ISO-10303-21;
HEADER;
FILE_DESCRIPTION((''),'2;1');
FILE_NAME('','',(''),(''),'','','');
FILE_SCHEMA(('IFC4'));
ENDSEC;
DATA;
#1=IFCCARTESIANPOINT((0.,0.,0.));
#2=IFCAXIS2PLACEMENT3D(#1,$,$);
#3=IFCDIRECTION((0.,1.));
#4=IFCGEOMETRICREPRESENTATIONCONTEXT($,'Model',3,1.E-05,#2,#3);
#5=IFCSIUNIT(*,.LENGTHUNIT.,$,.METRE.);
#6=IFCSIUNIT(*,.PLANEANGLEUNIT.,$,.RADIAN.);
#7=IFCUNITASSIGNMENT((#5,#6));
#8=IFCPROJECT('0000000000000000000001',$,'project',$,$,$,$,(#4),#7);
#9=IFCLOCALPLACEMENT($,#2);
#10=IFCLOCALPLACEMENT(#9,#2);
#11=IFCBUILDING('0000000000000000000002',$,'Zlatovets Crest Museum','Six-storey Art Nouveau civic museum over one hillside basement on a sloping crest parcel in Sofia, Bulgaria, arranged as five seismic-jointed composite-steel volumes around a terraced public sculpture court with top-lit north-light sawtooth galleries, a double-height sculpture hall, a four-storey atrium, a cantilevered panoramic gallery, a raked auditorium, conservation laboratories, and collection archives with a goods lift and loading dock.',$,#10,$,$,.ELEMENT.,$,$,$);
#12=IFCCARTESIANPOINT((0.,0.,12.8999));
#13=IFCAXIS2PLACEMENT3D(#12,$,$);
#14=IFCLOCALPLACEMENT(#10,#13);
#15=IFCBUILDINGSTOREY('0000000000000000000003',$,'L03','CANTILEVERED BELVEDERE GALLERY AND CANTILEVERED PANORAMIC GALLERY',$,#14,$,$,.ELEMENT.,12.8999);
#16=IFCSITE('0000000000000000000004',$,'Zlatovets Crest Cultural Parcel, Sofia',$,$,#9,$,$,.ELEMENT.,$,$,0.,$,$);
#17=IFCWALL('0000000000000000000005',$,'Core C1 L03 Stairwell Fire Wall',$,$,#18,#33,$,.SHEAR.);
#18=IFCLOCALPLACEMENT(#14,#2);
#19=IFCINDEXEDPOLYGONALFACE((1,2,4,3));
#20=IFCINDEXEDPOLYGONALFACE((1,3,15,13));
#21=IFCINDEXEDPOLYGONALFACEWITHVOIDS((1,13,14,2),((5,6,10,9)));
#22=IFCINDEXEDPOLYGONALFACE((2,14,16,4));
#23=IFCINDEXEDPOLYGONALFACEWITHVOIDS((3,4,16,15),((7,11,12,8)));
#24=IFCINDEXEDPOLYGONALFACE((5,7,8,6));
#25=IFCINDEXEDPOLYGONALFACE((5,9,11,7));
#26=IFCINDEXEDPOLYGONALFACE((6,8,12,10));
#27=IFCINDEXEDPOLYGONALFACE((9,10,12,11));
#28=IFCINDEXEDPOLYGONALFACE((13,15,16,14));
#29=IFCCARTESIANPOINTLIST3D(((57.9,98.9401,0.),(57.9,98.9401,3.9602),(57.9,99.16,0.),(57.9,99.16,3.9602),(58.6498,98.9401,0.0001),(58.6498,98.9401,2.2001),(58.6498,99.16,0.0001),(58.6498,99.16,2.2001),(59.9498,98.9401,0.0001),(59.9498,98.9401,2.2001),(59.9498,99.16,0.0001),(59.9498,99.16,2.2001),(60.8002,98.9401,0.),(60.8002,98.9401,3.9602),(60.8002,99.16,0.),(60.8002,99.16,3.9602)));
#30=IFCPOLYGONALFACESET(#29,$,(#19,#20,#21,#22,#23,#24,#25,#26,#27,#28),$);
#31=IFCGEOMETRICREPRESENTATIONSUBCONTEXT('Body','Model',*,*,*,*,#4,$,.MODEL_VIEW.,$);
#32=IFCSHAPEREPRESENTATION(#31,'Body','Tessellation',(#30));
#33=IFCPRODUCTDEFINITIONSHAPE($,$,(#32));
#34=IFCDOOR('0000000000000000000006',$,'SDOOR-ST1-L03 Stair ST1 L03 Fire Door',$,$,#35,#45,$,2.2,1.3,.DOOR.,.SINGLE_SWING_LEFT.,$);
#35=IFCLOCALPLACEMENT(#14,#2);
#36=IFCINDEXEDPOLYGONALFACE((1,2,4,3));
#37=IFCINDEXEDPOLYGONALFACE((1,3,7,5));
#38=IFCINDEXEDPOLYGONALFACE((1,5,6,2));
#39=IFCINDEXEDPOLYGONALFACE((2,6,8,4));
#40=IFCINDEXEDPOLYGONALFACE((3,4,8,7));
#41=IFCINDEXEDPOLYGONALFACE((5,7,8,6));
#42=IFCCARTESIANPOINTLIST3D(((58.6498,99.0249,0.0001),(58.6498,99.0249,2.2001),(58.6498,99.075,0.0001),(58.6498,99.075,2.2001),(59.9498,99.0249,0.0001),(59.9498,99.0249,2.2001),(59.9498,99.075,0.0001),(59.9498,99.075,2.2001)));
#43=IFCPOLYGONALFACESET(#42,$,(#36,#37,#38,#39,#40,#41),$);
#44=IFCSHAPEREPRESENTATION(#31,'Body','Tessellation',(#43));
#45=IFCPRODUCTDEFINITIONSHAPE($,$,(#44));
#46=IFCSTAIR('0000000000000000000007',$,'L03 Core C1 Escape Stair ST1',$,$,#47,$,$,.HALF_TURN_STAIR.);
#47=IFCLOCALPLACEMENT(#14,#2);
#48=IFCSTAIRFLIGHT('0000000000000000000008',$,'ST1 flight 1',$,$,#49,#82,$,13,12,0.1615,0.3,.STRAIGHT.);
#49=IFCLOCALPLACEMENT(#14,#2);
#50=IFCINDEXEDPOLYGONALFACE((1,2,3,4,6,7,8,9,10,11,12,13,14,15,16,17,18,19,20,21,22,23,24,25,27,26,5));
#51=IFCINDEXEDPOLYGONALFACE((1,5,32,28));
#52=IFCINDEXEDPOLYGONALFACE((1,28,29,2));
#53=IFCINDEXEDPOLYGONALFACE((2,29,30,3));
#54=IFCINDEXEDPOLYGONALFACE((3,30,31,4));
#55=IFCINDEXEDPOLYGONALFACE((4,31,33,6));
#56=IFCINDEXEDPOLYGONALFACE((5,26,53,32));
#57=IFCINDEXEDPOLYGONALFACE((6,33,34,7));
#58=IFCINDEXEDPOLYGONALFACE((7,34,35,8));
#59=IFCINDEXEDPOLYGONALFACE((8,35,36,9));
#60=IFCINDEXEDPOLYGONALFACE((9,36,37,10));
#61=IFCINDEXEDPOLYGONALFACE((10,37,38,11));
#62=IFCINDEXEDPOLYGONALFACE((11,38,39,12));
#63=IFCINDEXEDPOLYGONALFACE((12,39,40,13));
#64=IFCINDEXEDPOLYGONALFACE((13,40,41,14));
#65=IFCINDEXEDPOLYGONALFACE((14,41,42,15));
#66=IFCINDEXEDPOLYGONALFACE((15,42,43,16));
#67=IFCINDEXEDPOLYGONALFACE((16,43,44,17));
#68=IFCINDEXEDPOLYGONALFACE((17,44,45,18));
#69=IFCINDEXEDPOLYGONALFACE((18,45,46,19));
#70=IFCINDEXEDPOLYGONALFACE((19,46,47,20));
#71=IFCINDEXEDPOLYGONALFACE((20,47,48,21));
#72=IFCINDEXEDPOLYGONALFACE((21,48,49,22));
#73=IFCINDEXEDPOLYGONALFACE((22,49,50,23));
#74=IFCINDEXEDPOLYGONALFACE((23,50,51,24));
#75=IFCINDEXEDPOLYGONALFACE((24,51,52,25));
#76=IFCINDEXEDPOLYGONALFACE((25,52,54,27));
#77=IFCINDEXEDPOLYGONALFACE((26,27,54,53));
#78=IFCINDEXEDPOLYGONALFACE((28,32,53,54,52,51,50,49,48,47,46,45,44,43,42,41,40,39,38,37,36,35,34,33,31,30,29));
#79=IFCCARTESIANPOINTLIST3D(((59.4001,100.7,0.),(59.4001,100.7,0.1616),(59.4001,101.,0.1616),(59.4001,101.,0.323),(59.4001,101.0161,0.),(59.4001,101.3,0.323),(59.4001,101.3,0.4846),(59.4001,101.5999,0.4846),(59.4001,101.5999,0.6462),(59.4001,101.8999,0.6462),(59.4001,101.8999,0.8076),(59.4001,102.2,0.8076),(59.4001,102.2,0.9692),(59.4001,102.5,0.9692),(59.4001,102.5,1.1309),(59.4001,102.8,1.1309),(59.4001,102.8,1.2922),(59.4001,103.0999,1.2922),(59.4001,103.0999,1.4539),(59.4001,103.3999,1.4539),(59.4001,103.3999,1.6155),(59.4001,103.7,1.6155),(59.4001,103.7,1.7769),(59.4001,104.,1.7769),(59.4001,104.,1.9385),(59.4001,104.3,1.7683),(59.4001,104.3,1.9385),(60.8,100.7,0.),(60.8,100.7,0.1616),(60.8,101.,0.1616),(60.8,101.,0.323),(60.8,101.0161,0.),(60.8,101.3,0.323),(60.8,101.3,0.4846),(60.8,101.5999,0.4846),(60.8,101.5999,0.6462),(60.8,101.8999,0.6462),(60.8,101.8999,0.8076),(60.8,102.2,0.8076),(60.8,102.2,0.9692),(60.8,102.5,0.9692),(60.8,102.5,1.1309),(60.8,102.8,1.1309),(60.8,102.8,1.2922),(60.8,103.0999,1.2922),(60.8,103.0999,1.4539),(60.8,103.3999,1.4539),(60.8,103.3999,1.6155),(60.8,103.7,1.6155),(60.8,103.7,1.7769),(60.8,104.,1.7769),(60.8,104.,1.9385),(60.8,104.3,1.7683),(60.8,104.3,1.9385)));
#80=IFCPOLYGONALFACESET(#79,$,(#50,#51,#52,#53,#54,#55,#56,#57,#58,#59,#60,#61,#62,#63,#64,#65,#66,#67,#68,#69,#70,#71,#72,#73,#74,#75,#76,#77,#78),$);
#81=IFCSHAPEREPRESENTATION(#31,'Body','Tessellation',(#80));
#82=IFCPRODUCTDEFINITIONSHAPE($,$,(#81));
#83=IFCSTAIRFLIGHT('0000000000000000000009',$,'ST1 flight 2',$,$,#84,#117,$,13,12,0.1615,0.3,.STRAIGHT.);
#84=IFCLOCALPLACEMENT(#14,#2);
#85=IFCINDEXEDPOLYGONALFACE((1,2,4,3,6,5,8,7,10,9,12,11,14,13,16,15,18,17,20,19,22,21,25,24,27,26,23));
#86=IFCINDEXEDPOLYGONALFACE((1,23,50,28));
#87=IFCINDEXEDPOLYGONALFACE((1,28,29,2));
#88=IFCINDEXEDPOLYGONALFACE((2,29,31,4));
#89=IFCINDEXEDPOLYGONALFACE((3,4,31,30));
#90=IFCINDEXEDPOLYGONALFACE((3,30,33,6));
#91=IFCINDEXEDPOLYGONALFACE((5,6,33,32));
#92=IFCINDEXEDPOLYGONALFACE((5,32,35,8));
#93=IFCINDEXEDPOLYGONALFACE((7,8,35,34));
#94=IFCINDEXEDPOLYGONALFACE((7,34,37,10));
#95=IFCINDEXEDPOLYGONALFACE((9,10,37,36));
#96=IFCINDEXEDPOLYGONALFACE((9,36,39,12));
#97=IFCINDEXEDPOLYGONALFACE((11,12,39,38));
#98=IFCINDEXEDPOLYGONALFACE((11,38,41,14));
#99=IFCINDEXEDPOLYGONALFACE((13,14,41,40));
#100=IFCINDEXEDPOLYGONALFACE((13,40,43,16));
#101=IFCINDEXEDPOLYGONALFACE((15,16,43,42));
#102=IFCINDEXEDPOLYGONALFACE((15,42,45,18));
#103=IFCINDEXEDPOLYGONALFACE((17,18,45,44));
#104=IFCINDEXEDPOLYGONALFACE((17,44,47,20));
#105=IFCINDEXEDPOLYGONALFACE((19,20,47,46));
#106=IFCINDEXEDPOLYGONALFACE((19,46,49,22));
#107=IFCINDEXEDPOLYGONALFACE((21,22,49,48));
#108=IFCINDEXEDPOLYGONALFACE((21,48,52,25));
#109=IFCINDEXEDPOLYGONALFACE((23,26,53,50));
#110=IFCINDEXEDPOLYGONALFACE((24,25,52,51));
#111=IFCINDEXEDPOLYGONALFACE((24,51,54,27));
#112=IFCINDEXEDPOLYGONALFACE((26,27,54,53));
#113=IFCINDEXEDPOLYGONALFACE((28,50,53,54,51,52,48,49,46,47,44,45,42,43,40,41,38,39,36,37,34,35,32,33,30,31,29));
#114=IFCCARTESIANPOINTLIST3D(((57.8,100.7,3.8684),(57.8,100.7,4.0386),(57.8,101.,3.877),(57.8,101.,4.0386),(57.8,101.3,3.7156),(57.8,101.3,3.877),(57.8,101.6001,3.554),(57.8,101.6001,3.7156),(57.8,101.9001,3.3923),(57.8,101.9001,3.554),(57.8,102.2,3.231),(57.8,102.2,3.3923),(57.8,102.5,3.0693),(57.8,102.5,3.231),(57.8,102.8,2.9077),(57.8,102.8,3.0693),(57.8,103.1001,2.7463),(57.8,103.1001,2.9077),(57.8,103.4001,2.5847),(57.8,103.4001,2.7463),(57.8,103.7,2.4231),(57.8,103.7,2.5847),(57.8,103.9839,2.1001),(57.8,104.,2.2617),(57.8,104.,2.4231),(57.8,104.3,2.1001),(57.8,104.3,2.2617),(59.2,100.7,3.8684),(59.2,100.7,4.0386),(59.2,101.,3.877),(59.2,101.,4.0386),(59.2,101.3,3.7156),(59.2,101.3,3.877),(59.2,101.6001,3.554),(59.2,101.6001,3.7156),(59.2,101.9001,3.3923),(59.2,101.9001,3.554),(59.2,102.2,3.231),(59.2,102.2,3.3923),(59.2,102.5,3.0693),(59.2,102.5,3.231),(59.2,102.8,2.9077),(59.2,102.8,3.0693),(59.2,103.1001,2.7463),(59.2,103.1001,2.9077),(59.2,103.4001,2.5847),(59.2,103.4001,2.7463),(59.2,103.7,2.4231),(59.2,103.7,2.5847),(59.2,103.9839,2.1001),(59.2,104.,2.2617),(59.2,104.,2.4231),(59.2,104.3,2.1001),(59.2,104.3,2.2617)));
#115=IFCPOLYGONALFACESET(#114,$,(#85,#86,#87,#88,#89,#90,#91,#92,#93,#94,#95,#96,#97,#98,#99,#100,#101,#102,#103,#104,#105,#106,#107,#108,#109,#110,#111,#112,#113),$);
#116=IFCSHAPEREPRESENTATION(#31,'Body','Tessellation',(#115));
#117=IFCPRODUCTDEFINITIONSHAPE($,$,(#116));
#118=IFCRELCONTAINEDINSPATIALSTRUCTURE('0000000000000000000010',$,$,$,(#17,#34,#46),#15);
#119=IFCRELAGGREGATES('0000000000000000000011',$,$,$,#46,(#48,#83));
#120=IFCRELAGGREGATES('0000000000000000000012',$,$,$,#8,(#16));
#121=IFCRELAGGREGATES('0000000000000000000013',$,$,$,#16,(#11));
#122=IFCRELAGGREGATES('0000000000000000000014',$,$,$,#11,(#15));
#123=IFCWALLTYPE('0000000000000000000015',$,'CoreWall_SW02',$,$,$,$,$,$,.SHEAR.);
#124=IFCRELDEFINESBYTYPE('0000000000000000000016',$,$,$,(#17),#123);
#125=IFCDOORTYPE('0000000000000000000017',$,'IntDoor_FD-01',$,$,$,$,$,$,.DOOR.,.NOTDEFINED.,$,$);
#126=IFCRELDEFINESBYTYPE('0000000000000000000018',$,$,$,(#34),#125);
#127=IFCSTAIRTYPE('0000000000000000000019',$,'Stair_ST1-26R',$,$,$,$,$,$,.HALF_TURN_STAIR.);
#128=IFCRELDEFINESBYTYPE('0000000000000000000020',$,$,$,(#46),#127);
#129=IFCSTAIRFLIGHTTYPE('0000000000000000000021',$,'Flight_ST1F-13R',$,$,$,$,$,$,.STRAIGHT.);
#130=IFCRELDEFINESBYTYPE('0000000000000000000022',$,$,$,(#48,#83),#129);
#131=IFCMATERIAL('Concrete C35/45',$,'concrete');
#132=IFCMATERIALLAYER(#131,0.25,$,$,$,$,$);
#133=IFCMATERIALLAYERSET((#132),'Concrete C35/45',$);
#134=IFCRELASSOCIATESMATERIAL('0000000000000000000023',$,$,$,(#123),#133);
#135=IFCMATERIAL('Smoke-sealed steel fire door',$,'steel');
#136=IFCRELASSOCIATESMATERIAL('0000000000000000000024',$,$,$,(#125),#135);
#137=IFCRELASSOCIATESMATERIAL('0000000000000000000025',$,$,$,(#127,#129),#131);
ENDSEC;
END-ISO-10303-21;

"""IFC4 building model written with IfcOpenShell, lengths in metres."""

from ifc_helpers import new_model, si_unit, direction, frame, frame_2d, origin, place, context, subcontext, project, spatial, polyline, rectangle, outline, extrude, material, layer, layer_set, type_object, element, fill, aggregate, save


model = new_model("IFC4")

# Units and contexts
model_context = context("Model", 3, precision=1e-05, world=origin(), true_north=direction((0.0, 1.0)))
body_context = subcontext(model_context, "Body", "Model", "MODEL_VIEW")
ifc_project = project(units=[si_unit("LENGTHUNIT", "METRE"), si_unit("PLANEANGLEUNIT", "RADIAN")], contexts=[model_context])

# Site, building, storey
site_placement = place(None, origin())
site = spatial("IfcSite", under=ifc_project, at=site_placement, Name="Zlatovets Crest Cultural Parcel, Sofia", CompositionType="ELEMENT", RefElevation=0.0)
building_placement = place(site_placement, origin())
building = spatial("IfcBuilding", under=site, at=building_placement, Name="Zlatovets Crest Museum", Description="Six-storey Art Nouveau civic museum over one hillside basement on a sloping crest parcel in Sofia, Bulgaria, arranged as five seismic-jointed composite-steel volumes around a terraced public sculpture court with top-lit north-light sawtooth galleries, a double-height sculpture hall, a four-storey atrium, a cantilevered panoramic gallery, a raked auditorium, conservation laboratories, and collection archives with a goods lift and loading dock.", CompositionType="ELEMENT")
storey_placement = place(building_placement, frame((0.0, 0.0, 12.8999)))
storey = spatial("IfcBuildingStorey", under=building, at=storey_placement, Name="L03", Description="CANTILEVERED BELVEDERE GALLERY AND CANTILEVERED PANORAMIC GALLERY", CompositionType="ELEMENT", Elevation=12.8999)

# Shared definitions
ifc_material_1 = material(Name="Concrete C35/45", Category="concrete")

# Wall, opening, door
ifc_layer_1 = layer(ifc_material_1, 0.25)
ifc_layer_set_1 = layer_set([ifc_layer_1], Name="Concrete C35/45")
wall_type_1 = type_object("IfcWallType", Name="CoreWall_SW02", PredefinedType="SHEAR", material=ifc_layer_set_1)
wall_1_placement = place(storey_placement, frame((57.8999, 99.05, 0.0), z_axis=(0.0, 0.0, 1.0), x_axis=(1.0, 0.0, 0.0)))
wall_1 = element("IfcWall", 1, at=wall_1_placement, inside=storey, type_object=wall_type_1, Name="Core C1 L03 Stairwell Fire Wall", PredefinedType="SHEAR", context=body_context, shape_type="SweptSolid", body=[
    extrude(rectangle(XDim=2.9001, YDim=0.22, at=frame_2d((1.4502, 0.0))), origin(), (0.0, 0.0, 1.0), 3.9602),
])
opening_placement = place(wall_1_placement, frame((0.75, 0.0, 0.0)))
opening = element("IfcOpeningElement", 2, at=opening_placement, cuts=wall_1, PredefinedType="OPENING", context=body_context, shape_type="SweptSolid", body=[
    extrude(rectangle(XDim=1.3, YDim=2.2, at=frame_2d((0.6499, 1.1001))), frame((0.0, 0.1201, 0.0), z_axis=(0.0, -1.0, 0.0), x_axis=(1.0, 0.0, 0.0)), (0.0, 0.0, 1.0), 0.24),
])
ifc_material_2 = material(Name="Smoke-sealed steel fire door", Category="steel")
door_type = type_object("IfcDoorType", Name="IntDoor_FD-01", OperationType="NOTDEFINED", PredefinedType="DOOR", material=ifc_material_2)
door_placement = place(opening_placement, origin())
door = element("IfcDoor", 3, at=door_placement, inside=storey, type_object=door_type, Name="SDOOR-ST1-L03 Stair ST1 L03 Fire Door", OperationType="SINGLE_SWING_LEFT", OverallHeight=2.2, OverallWidth=1.3, PredefinedType="DOOR", context=body_context, shape_type="SweptSolid", body=[
    extrude(rectangle(XDim=1.3, YDim=2.2, at=frame_2d((0.6499, 1.1001))), frame((0.0, 0.0249, 0.0), z_axis=(0.0, -1.0, 0.0), x_axis=(1.0, 0.0, 0.0)), (0.0, 0.0, 1.0), 0.05),
])
fill(opening, door)

# Stair, stair flights
stair_type = type_object("IfcStairType", Name="Stair_ST1-26R", PredefinedType="HALF_TURN_STAIR", material=ifc_material_1)
stair_placement = place(storey_placement, origin())
stair = element("IfcStair", 4, at=stair_placement, inside=storey, type_object=stair_type, Name="L03 Core C1 Escape Stair ST1", PredefinedType="HALF_TURN_STAIR")
stair_flight_type = type_object("IfcStairFlightType", Name="Flight_ST1F-13R", PredefinedType="STRAIGHT", material=ifc_material_1)
stair_flight_1_placement = place(storey_placement, frame((60.1001, 100.7, 0.0), z_axis=(0.0, 0.0, 1.0), x_axis=(0.0, 1.0, 0.0)))
stair_flight_1 = element("IfcStairFlight", 5, at=stair_flight_1_placement, type_object=stair_flight_type, Name="ST1 flight 1", NumberOfRisers=13, NumberOfTreads=12, PredefinedType="STRAIGHT", RiserHeight=0.1615, TreadLength=0.3, context=body_context, shape_type="SweptSolid", body=[
    extrude(outline(polyline([(0.0, 0.0), (0.0, 0.1616), (0.3, 0.1616), (0.3, 0.323), (0.6001, 0.323), (0.6001, 0.4846), (0.8999, 0.4846), (0.8999, 0.6462), (1.2, 0.6462), (1.2, 0.8076), (1.5, 0.8076), (1.5, 0.9692), (1.8, 0.9692), (1.8, 1.1309), (2.1001, 1.1309), (2.1001, 1.2922), (2.3999, 1.2922), (2.3999, 1.4539), (2.7, 1.4539), (2.7, 1.6155), (3.0, 1.6155), (3.0, 1.7769), (3.3, 1.7769), (3.3, 1.9385), (3.6001, 1.9385), (3.6001, 2.1001), (3.6001, 1.7683), (0.3162, 0.0), (0.0, 0.0)])), frame((0.0, 0.7, 0.0), z_axis=(0.0, -1.0, 0.0), x_axis=(1.0, 0.0, 0.0)), (0.0, 0.0, 1.0), 1.3999),
])
stair_flight_2_placement = place(storey_placement, frame((58.5, 104.3, 2.1001), z_axis=(0.0, 0.0, 1.0), x_axis=(0.0, -1.0, 0.0)))
stair_flight_2 = element("IfcStairFlight", 6, at=stair_flight_2_placement, type_object=stair_flight_type, Name="ST1 flight 2", NumberOfRisers=13, NumberOfTreads=12, PredefinedType="STRAIGHT", RiserHeight=0.1615, TreadLength=0.3, context=body_context, shape_type="SweptSolid", body=[
    extrude(outline(polyline([(0.0, 0.0), (0.0, 0.1616), (0.3, 0.1616), (0.3, 0.323), (0.6001, 0.323), (0.6001, 0.4846), (0.8999, 0.4846), (0.8999, 0.6462), (1.2, 0.6462), (1.2, 0.8076), (1.5, 0.8076), (1.5, 0.9692), (1.8, 0.9692), (1.8, 1.1309), (2.1001, 1.1309), (2.1001, 1.2922), (2.3999, 1.2922), (2.3999, 1.4539), (2.7, 1.4539), (2.7, 1.6155), (3.0, 1.6155), (3.0, 1.7769), (3.3, 1.7769), (3.3, 1.9385), (3.6001, 1.9385), (3.6001, 2.1001), (3.6001, 1.7683), (0.3162, 0.0), (0.0, 0.0)])), frame((0.0, 0.7, 0.0), z_axis=(0.0, -1.0, 0.0), x_axis=(1.0, 0.0, 0.0)), (0.0, 0.0, 1.0), 1.3999),
])
aggregate(stair, [stair_flight_1, stair_flight_2])

save(model, "model.ifc")
